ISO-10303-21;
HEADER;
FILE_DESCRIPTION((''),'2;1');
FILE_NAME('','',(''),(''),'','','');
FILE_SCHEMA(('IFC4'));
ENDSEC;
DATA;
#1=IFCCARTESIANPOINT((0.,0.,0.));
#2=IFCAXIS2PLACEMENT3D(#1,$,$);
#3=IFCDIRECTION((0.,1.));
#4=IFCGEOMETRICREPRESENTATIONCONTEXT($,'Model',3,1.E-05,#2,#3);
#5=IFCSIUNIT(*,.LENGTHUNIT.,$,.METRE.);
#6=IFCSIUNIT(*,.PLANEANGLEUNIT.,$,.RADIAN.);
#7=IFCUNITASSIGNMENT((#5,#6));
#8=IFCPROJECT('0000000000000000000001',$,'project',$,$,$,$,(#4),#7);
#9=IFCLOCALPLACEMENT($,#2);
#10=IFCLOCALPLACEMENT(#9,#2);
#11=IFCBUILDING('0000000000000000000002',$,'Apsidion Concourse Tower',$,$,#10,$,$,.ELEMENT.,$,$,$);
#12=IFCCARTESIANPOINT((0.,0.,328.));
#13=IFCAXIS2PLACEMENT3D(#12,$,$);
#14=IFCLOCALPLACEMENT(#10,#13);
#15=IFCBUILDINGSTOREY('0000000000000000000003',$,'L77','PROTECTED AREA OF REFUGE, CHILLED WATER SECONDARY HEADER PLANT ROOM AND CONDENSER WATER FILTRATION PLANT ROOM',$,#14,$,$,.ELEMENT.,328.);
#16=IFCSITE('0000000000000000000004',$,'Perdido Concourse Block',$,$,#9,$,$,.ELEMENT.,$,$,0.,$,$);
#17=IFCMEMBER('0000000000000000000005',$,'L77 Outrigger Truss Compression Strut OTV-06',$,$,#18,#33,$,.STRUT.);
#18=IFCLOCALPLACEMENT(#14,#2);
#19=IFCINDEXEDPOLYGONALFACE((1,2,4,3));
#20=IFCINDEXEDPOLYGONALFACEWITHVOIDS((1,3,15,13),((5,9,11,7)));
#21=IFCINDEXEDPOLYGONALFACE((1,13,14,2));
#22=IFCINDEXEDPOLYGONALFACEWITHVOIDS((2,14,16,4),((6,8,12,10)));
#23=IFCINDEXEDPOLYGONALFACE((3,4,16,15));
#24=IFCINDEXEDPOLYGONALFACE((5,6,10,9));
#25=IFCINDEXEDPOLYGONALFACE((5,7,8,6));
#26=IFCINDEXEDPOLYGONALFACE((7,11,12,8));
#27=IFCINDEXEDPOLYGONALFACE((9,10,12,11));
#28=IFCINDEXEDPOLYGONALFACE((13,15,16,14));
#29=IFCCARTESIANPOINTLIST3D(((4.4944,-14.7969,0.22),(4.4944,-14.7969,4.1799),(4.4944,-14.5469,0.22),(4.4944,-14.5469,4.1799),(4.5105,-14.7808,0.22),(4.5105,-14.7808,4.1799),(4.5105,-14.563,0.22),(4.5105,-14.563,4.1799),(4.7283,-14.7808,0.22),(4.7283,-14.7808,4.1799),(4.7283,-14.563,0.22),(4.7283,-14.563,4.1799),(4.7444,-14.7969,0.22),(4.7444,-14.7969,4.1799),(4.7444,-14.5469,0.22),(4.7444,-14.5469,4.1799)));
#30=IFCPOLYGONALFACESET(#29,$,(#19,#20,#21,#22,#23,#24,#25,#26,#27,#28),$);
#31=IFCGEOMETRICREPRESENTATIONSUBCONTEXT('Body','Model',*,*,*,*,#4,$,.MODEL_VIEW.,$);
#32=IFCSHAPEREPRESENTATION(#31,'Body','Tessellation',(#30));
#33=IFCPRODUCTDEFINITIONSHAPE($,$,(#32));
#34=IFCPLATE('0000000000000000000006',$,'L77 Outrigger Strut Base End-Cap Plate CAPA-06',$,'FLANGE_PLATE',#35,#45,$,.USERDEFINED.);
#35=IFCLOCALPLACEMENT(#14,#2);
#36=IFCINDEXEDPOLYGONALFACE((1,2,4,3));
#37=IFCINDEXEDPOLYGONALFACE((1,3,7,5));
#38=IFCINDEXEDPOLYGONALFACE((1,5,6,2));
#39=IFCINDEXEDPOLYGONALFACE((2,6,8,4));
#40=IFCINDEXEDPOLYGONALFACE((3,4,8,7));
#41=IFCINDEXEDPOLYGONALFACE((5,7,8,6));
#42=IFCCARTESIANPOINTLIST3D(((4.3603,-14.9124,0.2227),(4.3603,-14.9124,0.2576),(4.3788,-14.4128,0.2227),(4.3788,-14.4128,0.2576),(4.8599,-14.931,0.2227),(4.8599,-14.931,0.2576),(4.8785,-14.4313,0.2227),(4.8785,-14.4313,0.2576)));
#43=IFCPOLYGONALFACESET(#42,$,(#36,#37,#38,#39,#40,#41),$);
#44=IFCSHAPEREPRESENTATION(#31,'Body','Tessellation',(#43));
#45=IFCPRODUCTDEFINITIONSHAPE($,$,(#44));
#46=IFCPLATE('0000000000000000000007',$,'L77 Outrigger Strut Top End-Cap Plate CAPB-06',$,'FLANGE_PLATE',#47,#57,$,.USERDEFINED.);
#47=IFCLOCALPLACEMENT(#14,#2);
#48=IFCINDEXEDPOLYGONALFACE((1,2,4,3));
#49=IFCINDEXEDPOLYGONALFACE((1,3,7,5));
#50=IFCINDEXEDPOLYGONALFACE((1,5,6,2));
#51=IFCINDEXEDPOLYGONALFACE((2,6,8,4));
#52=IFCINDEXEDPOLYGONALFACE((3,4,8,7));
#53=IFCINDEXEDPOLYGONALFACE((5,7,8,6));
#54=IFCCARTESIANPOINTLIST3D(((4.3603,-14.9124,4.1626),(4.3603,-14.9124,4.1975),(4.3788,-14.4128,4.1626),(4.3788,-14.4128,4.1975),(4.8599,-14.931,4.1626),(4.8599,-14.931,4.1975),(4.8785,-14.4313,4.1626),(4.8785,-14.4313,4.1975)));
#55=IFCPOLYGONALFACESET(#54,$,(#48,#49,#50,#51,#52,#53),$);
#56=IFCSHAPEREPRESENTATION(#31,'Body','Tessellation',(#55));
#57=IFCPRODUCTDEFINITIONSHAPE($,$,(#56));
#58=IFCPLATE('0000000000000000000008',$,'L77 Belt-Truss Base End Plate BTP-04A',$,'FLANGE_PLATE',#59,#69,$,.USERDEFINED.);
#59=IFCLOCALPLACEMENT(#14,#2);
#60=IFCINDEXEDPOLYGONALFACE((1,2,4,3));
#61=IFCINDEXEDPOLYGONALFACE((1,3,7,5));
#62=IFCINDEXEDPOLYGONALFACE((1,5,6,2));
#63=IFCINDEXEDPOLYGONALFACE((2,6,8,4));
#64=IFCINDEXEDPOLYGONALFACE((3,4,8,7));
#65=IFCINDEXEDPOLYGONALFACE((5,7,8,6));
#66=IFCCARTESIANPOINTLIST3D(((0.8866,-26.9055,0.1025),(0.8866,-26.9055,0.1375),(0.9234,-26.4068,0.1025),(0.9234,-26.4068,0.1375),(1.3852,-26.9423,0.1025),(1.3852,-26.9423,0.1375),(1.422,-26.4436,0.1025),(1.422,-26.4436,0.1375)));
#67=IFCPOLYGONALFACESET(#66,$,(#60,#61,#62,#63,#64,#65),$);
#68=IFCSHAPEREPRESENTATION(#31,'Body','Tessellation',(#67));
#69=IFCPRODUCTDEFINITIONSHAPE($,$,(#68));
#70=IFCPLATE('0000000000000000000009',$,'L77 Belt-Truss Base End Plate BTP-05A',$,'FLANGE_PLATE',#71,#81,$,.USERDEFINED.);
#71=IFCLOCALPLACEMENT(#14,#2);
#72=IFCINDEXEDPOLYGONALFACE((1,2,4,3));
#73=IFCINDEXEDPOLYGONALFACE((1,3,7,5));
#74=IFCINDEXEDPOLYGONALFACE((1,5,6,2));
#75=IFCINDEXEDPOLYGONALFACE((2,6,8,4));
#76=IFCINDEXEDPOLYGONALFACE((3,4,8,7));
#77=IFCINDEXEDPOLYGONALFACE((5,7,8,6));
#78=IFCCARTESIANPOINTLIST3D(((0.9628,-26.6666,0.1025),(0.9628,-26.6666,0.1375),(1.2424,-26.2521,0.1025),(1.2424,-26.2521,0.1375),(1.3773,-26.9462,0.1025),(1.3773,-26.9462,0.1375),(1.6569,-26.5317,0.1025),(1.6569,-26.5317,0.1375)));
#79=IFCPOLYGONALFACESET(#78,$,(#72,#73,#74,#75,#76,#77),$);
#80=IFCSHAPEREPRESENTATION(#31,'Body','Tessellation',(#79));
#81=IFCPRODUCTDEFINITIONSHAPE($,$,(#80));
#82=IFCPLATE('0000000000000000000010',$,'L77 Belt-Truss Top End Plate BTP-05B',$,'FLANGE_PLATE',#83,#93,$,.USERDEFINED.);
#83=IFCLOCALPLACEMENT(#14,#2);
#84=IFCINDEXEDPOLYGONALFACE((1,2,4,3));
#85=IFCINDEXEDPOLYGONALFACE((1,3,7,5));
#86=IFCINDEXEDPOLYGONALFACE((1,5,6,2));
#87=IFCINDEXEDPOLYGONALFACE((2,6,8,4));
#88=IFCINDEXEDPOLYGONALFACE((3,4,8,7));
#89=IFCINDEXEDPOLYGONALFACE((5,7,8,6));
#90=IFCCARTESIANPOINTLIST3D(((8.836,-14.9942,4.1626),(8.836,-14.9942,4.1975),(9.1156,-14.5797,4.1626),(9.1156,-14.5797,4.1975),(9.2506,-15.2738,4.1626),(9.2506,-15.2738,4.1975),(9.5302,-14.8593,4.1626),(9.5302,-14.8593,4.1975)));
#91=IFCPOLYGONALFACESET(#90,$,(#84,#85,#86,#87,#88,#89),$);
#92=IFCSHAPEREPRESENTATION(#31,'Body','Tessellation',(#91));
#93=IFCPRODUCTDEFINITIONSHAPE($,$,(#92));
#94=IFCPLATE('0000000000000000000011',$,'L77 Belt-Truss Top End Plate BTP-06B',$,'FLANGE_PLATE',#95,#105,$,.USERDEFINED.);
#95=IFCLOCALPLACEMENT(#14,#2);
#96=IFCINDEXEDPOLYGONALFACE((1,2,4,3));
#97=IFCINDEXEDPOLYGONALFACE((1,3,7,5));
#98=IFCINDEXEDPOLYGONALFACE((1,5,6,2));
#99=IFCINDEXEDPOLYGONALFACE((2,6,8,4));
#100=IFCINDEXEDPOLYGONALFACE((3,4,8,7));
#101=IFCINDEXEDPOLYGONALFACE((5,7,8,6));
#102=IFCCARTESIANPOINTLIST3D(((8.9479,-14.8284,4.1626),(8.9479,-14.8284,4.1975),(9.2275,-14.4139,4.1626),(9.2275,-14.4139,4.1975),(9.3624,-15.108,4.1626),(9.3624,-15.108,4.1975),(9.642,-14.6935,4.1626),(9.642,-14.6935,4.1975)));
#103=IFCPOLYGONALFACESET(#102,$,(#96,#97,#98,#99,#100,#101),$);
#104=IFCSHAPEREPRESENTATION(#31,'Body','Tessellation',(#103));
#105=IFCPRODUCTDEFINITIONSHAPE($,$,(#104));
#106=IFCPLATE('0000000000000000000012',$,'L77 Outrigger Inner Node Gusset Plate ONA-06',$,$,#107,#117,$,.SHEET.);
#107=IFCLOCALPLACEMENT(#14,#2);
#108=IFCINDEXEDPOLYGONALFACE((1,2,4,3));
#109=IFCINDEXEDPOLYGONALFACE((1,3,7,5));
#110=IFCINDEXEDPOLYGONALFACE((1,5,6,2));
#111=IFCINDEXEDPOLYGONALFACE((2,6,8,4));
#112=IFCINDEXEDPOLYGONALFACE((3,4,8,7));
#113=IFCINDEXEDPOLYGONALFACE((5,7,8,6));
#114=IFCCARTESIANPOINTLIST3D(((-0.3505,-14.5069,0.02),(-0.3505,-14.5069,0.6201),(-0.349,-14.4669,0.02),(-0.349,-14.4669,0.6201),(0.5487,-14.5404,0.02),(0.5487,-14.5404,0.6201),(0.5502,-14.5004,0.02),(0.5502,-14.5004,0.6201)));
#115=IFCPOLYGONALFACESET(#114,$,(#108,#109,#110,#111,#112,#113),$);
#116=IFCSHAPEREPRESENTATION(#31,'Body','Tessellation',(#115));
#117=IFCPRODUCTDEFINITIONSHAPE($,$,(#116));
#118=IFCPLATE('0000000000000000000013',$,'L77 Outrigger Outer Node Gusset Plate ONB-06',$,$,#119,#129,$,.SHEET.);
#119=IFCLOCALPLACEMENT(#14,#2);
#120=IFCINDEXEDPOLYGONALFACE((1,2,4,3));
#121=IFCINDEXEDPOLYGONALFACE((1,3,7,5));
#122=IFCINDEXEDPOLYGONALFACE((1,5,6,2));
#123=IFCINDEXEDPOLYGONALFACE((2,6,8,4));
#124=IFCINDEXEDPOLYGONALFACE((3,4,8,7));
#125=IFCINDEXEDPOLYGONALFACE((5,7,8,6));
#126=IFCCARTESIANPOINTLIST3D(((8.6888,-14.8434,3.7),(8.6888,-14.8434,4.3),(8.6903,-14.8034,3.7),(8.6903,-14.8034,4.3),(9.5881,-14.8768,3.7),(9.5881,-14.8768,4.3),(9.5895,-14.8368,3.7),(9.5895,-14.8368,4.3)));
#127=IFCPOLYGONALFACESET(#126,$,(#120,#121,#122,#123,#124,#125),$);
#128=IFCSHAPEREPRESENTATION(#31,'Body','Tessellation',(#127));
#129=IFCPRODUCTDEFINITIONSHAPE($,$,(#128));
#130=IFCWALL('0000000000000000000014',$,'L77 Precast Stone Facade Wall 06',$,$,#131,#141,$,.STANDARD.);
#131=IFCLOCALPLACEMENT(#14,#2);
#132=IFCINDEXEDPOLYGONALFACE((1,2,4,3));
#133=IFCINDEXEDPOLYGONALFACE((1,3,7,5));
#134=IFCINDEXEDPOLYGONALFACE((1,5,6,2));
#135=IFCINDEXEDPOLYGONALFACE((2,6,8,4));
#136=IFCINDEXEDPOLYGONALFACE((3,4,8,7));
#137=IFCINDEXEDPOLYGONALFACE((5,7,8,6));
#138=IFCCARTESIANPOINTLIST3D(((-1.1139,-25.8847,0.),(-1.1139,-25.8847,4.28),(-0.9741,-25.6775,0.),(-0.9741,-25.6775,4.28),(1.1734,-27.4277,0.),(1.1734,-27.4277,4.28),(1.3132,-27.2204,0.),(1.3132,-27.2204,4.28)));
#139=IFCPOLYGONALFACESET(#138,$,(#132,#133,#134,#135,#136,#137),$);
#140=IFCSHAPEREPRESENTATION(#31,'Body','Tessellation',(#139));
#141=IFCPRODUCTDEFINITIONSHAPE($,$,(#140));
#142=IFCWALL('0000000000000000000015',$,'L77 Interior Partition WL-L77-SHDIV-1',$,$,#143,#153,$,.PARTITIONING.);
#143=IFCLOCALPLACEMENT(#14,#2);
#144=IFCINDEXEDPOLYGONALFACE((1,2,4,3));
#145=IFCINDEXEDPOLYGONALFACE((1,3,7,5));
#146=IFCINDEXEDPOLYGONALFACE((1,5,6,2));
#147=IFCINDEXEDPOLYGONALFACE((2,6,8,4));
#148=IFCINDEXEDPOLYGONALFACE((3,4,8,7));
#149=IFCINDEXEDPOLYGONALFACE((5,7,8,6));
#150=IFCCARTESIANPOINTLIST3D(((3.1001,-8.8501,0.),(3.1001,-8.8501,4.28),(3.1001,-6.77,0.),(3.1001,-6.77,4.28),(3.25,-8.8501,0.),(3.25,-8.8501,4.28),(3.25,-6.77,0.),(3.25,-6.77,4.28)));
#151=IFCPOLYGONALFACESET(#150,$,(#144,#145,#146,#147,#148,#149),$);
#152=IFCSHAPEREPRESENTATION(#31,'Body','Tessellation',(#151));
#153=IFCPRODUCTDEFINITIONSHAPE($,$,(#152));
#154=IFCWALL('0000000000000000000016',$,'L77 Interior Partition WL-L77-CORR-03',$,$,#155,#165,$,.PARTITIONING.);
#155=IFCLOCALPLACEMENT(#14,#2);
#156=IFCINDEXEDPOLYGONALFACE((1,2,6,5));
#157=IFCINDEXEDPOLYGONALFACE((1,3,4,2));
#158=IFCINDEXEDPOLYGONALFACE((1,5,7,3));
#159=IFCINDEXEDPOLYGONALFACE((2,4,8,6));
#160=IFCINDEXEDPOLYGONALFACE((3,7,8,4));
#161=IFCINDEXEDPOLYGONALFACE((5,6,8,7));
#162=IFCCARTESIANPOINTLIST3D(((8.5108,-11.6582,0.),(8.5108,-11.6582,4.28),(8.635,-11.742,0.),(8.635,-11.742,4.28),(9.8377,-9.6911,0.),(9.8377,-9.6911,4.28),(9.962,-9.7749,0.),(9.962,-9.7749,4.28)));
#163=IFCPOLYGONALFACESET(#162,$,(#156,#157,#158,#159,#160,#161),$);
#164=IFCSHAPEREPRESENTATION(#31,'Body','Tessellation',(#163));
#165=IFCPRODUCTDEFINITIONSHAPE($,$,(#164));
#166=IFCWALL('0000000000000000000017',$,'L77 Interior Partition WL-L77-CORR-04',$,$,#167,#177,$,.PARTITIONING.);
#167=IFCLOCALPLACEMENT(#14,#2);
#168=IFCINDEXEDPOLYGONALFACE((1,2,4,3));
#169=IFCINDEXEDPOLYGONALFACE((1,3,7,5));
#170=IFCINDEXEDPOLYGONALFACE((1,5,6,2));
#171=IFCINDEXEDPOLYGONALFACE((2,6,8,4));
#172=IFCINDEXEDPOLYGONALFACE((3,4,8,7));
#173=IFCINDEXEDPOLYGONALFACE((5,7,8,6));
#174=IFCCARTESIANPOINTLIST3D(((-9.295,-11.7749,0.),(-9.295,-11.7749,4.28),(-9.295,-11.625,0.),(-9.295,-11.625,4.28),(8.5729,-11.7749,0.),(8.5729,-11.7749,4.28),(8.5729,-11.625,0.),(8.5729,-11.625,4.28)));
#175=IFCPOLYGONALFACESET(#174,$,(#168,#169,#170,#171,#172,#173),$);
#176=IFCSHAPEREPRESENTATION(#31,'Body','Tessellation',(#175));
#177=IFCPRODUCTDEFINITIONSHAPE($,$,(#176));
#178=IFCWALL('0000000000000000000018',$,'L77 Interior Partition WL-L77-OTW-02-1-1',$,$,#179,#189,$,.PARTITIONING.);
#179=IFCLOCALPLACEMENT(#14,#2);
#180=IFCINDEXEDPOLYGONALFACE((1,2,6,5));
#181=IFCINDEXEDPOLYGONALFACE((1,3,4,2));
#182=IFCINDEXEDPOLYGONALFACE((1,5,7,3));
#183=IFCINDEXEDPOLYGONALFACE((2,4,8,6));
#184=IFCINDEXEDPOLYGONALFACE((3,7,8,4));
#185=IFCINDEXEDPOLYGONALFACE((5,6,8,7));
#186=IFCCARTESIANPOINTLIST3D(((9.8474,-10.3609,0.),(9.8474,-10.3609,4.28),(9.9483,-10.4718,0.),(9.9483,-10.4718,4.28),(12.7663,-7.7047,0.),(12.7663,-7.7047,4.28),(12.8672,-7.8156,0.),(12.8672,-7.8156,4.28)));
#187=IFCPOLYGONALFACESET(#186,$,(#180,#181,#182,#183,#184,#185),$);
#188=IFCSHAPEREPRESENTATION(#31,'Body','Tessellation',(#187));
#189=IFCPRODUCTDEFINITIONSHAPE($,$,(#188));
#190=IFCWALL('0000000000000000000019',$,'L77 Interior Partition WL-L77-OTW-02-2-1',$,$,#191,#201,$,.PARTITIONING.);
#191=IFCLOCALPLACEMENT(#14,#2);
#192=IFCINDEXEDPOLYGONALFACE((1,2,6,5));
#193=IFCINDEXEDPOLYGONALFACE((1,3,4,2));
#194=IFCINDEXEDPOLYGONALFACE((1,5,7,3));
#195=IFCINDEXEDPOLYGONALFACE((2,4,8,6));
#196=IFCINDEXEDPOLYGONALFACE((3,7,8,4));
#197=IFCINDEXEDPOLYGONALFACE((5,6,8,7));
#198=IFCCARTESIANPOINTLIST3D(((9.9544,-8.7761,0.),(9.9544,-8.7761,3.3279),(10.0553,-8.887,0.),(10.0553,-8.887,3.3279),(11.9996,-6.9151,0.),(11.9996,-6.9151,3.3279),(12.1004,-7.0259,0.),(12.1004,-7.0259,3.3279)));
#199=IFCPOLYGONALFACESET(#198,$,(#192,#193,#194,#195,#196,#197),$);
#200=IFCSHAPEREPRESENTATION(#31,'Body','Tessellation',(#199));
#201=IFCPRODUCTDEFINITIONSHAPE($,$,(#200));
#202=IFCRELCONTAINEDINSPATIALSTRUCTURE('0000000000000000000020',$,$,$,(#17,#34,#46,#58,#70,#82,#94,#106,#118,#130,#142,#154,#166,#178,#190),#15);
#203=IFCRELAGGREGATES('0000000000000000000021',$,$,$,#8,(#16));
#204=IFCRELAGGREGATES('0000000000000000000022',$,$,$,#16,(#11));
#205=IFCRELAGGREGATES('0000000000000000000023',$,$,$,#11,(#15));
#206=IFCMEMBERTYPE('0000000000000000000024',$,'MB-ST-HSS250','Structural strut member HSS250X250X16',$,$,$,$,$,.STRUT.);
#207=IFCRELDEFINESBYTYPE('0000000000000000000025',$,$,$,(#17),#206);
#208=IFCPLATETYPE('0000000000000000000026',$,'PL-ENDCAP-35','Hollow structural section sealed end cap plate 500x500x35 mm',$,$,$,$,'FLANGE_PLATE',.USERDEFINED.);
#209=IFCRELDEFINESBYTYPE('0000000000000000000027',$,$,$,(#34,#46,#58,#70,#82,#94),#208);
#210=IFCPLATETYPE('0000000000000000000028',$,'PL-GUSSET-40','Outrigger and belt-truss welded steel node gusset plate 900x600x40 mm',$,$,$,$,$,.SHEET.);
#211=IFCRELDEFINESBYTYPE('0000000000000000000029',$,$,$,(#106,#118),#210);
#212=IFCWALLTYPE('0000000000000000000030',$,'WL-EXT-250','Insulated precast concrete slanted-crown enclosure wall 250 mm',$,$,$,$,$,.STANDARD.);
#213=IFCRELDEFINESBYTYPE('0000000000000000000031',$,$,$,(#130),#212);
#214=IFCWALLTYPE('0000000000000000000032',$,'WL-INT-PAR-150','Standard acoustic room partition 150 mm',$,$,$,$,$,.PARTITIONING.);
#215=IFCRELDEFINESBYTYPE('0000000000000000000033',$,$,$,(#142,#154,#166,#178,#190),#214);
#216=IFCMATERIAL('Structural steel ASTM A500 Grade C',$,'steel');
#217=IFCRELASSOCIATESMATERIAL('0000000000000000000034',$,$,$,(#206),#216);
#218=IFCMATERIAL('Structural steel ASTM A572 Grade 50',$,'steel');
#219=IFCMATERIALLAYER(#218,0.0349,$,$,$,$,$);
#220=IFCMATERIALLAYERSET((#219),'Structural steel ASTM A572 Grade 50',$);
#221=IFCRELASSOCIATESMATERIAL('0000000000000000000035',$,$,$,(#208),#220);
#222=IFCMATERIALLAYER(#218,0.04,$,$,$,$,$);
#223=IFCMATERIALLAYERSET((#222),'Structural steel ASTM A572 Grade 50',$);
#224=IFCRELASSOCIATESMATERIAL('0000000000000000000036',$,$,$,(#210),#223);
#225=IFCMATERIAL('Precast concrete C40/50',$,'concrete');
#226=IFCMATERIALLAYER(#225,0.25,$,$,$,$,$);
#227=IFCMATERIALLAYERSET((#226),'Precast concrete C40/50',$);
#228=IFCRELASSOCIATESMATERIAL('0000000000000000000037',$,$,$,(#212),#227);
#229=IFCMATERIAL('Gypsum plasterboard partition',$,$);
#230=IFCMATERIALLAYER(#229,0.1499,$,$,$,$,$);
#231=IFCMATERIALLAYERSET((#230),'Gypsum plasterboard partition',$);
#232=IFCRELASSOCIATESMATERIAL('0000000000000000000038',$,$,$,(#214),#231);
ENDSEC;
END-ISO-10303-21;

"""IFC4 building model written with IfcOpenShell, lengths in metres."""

from ifc_helpers import new_model, si_unit, direction, frame, frame_2d, origin, origin_2d, place, context, subcontext, project, spatial, rectangle, hollow_rectangle, extrude, material, layer, layer_set, material_profile, profile_set, type_object, element, save


model = new_model("IFC4")

# Units and contexts
model_context = context("Model", 3, precision=1e-05, world=origin(), true_north=direction((0.0, 1.0)))
body_context = subcontext(model_context, "Body", "Model", "MODEL_VIEW")
ifc_project = project(units=[si_unit("LENGTHUNIT", "METRE"), si_unit("PLANEANGLEUNIT", "RADIAN")], contexts=[model_context])

# Site, building, storey
site_placement = place(None, origin())
site = spatial("IfcSite", under=ifc_project, at=site_placement, Name="Perdido Concourse Block", CompositionType="ELEMENT", RefElevation=0.0)
building_placement = place(site_placement, origin())
building = spatial("IfcBuilding", under=site, at=building_placement, Name="Apsidion Concourse Tower", CompositionType="ELEMENT")
storey_placement = place(building_placement, frame((0.0, 0.0, 328.0)))
storey = spatial("IfcBuildingStorey", under=building, at=storey_placement, Name="L77", Description="PROTECTED AREA OF REFUGE, CHILLED WATER SECONDARY HEADER PLANT ROOM AND CONDENSER WATER FILTRATION PLANT ROOM", CompositionType="ELEMENT", Elevation=328.0)

# Member
ifc_material_1 = material(Name="Structural steel ASTM A500 Grade C", Category="steel")
ifc_material_profile_1 = material_profile(ifc_material_1, hollow_rectangle(XDim=0.25, YDim=0.25, WallThickness=0.0161, at=origin_2d()), Name="HSS250X250X16")
ifc_profile_set_1 = profile_set([ifc_material_profile_1], Name="Structural steel ASTM A500 Grade C")
member_type_1 = type_object("IfcMemberType", Name="MB-ST-HSS250", Description="Structural strut member HSS250X250X16", PredefinedType="STRUT", material=ifc_profile_set_1)
member_1_placement = place(storey_placement, frame((4.6194, -14.6719, 0.22), z_axis=(0.0, 0.0, 1.0), x_axis=(1.0, 0.0, 0.0)))
element("IfcMember", 1, at=member_1_placement, inside=storey, type_object=member_type_1, Name="L77 Outrigger Truss Compression Strut OTV-06", PredefinedType="STRUT", context=body_context, shape_type="SweptSolid", body=[
    extrude(hollow_rectangle(XDim=0.25, YDim=0.25, WallThickness=0.0161, at=origin_2d()), origin(), (0.0, 0.0, 1.0), 3.96),
])

# Plates
ifc_material_2 = material(Name="Structural steel ASTM A572 Grade 50", Category="steel")
ifc_layer_1 = layer(ifc_material_2, 0.0349)
ifc_layer_set_1 = layer_set([ifc_layer_1], Name="Structural steel ASTM A572 Grade 50")
plate_type_1 = type_object("IfcPlateType", Name="PL-ENDCAP-35", Description="Hollow structural section sealed end cap plate 500x500x35 mm", ElementType="FLANGE_PLATE", PredefinedType="USERDEFINED", material=ifc_layer_set_1)
for number, where, z_axis, x_axis, name in (
    (2, (4.6194, -14.6719, 0.2227), (0.0, 0.0, 1.0), (-0.999309, 0.037167, 0.0), "L77 Outrigger Strut Base End-Cap Plate CAPA-06"),
    (3, (4.6194, -14.6719, 4.1626), (0.0, 0.0, 1.0), (-0.999309, 0.037167, 0.0), "L77 Outrigger Strut Top End-Cap Plate CAPB-06"),
    (4, (1.1543, -26.6746, 0.1025), (0.0, 0.0, 1.0), (-0.997289, 0.073586, 0.0), "L77 Belt-Truss Base End Plate BTP-04A"),
    (5, (1.3098, -26.5991, 0.1025), (0.0, 0.0, 1.0), (0.559193, 0.829038, 0.0), "L77 Belt-Truss Base End Plate BTP-05A"),
    (6, (9.1831, -14.9268, 4.1626), (0.0, 0.0, 1.0), (0.559193, 0.829038, 0.0), "L77 Belt-Truss Top End Plate BTP-05B"),
    (7, (9.2949, -14.761, 4.1626), (0.0, 0.0, 1.0), (0.559193, 0.829038, 0.0), "L77 Belt-Truss Top End Plate BTP-06B"),
):
    element("IfcPlate", number, at=place(storey_placement, frame(where, z_axis=z_axis, x_axis=x_axis)), inside=storey, type_object=plate_type_1, Name=name, ObjectType="FLANGE_PLATE", PredefinedType="USERDEFINED", context=body_context, shape_type="SweptSolid", body=[
        extrude(rectangle(XDim=0.5, YDim=0.5, at=origin_2d()), origin(), (0.0, 0.0, 1.0), 0.0349),
    ])
ifc_layer_2 = layer(ifc_material_2, 0.04)
ifc_layer_set_2 = layer_set([ifc_layer_2], Name="Structural steel ASTM A572 Grade 50")
plate_type_2 = type_object("IfcPlateType", Name="PL-GUSSET-40", Description="Outrigger and belt-truss welded steel node gusset plate 900x600x40 mm", PredefinedType="SHEET", material=ifc_layer_set_2)
for number, where, z_axis, x_axis, name in (
    (8, (0.0999, -14.5037, 0.02), (0.0, 0.0, 1.0), (-0.999309, 0.037167, 0.0), "L77 Outrigger Inner Node Gusset Plate ONA-06"),
    (9, (9.1392, -14.8401, 3.7), (0.0, 0.0, 1.0), (-0.999309, 0.037167, 0.0), "L77 Outrigger Outer Node Gusset Plate ONB-06"),
):
    element("IfcPlate", number, at=place(storey_placement, frame(where, z_axis=z_axis, x_axis=x_axis)), inside=storey, type_object=plate_type_2, Name=name, PredefinedType="SHEET", context=body_context, shape_type="SweptSolid", body=[
        extrude(rectangle(XDim=0.8999, YDim=0.04, at=origin_2d()), origin(), (0.0, 0.0, 1.0), 0.6001),
    ])

# Walls
ifc_material_3 = material(Name="Precast concrete C40/50", Category="concrete")
ifc_layer_3 = layer(ifc_material_3, 0.25)
ifc_layer_set_3 = layer_set([ifc_layer_3], Name="Precast concrete C40/50")
wall_type_1 = type_object("IfcWallType", Name="WL-EXT-250", Description="Insulated precast concrete slanted-crown enclosure wall 250 mm", PredefinedType="STANDARD", material=ifc_layer_set_3)
wall_1_placement = place(storey_placement, frame((1.2432, -27.324, 0.0), z_axis=(0.0, 0.0, 1.0), x_axis=(-0.829016, 0.559225, 0.0)))
element("IfcWall", 10, at=wall_1_placement, inside=storey, type_object=wall_type_1, Name="L77 Precast Stone Facade Wall 06", PredefinedType="STANDARD", context=body_context, shape_type="SweptSolid", body=[
    extrude(rectangle(XDim=2.759, YDim=0.25, at=frame_2d((1.3794, 0.0))), origin(), (0.0, 0.0, 1.0), 4.28),
])
ifc_material_4 = material(Name="Gypsum plasterboard partition")
ifc_layer_4 = layer(ifc_material_4, 0.1499)
ifc_layer_set_4 = layer_set([ifc_layer_4], Name="Gypsum plasterboard partition")
wall_type_2 = type_object("IfcWallType", Name="WL-INT-PAR-150", Description="Standard acoustic room partition 150 mm", PredefinedType="PARTITIONING", material=ifc_layer_set_4)
wall_2_placement = place(storey_placement, frame((3.175, -8.8501, 0.0), z_axis=(0.0, 0.0, 1.0), x_axis=(0.0, 1.0, 0.0)))
element("IfcWall", 11, at=wall_2_placement, inside=storey, type_object=wall_type_2, Name="L77 Interior Partition WL-L77-SHDIV-1", PredefinedType="PARTITIONING", context=body_context, shape_type="SweptSolid", body=[
    extrude(rectangle(XDim=2.0801, YDim=0.1499, at=frame_2d((1.04, 0.0))), origin(), (0.0, 0.0, 1.0), 4.28),
])
wall_3_placement = place(storey_placement, frame((9.8999, -9.7329, 0.0), z_axis=(0.0, 0.0, 1.0), x_axis=(-0.559227, -0.829014, 0.0)))
element("IfcWall", 12, at=wall_3_placement, inside=storey, type_object=wall_type_2, Name="L77 Interior Partition WL-L77-CORR-03", PredefinedType="PARTITIONING", context=body_context, shape_type="SweptSolid", body=[
    extrude(rectangle(XDim=2.3728, YDim=0.1499, at=frame_2d((1.1865, 0.0))), origin(), (0.0, 0.0, 1.0), 4.28),
])
wall_4_placement = place(storey_placement, frame((8.573, -11.7, 0.0), z_axis=(0.0, 0.0, 1.0), x_axis=(-1.0, 0.0, 0.0)))
element("IfcWall", 13, at=wall_4_placement, inside=storey, type_object=wall_type_2, Name="L77 Interior Partition WL-L77-CORR-04", PredefinedType="PARTITIONING", context=body_context, shape_type="SweptSolid", body=[
    extrude(rectangle(XDim=17.8679, YDim=0.1499, at=frame_2d((8.9341, 0.0))), origin(), (0.0, 0.0, 1.0), 4.28),
])
wall_5_placement = place(storey_placement, frame((9.8979, -10.4163, 0.0), z_axis=(0.0, 0.0, 1.0), x_axis=(0.739604, 0.673042, 0.0)))
element("IfcWall", 14, at=wall_5_placement, inside=storey, type_object=wall_type_2, Name="L77 Interior Partition WL-L77-OTW-02-1-1", PredefinedType="PARTITIONING", context=body_context, shape_type="SweptSolid", body=[
    extrude(rectangle(XDim=3.9465, YDim=0.1499, at=frame_2d((1.9731, 0.0))), origin(), (0.0, 0.0, 1.0), 4.28),
])
wall_6_placement = place(storey_placement, frame((10.0049, -8.8315, 0.0), z_axis=(0.0, 0.0, 1.0), x_axis=(0.739608, 0.673037, 0.0)))
element("IfcWall", 15, at=wall_6_placement, inside=storey, type_object=wall_type_2, Name="L77 Interior Partition WL-L77-OTW-02-2-1", PredefinedType="PARTITIONING", context=body_context, shape_type="SweptSolid", body=[
    extrude(rectangle(XDim=2.7651, YDim=0.1499, at=frame_2d((1.3826, 0.0))), origin(), (0.0, 0.0, 1.0), 3.3279),
])

save(model, "model.ifc")
